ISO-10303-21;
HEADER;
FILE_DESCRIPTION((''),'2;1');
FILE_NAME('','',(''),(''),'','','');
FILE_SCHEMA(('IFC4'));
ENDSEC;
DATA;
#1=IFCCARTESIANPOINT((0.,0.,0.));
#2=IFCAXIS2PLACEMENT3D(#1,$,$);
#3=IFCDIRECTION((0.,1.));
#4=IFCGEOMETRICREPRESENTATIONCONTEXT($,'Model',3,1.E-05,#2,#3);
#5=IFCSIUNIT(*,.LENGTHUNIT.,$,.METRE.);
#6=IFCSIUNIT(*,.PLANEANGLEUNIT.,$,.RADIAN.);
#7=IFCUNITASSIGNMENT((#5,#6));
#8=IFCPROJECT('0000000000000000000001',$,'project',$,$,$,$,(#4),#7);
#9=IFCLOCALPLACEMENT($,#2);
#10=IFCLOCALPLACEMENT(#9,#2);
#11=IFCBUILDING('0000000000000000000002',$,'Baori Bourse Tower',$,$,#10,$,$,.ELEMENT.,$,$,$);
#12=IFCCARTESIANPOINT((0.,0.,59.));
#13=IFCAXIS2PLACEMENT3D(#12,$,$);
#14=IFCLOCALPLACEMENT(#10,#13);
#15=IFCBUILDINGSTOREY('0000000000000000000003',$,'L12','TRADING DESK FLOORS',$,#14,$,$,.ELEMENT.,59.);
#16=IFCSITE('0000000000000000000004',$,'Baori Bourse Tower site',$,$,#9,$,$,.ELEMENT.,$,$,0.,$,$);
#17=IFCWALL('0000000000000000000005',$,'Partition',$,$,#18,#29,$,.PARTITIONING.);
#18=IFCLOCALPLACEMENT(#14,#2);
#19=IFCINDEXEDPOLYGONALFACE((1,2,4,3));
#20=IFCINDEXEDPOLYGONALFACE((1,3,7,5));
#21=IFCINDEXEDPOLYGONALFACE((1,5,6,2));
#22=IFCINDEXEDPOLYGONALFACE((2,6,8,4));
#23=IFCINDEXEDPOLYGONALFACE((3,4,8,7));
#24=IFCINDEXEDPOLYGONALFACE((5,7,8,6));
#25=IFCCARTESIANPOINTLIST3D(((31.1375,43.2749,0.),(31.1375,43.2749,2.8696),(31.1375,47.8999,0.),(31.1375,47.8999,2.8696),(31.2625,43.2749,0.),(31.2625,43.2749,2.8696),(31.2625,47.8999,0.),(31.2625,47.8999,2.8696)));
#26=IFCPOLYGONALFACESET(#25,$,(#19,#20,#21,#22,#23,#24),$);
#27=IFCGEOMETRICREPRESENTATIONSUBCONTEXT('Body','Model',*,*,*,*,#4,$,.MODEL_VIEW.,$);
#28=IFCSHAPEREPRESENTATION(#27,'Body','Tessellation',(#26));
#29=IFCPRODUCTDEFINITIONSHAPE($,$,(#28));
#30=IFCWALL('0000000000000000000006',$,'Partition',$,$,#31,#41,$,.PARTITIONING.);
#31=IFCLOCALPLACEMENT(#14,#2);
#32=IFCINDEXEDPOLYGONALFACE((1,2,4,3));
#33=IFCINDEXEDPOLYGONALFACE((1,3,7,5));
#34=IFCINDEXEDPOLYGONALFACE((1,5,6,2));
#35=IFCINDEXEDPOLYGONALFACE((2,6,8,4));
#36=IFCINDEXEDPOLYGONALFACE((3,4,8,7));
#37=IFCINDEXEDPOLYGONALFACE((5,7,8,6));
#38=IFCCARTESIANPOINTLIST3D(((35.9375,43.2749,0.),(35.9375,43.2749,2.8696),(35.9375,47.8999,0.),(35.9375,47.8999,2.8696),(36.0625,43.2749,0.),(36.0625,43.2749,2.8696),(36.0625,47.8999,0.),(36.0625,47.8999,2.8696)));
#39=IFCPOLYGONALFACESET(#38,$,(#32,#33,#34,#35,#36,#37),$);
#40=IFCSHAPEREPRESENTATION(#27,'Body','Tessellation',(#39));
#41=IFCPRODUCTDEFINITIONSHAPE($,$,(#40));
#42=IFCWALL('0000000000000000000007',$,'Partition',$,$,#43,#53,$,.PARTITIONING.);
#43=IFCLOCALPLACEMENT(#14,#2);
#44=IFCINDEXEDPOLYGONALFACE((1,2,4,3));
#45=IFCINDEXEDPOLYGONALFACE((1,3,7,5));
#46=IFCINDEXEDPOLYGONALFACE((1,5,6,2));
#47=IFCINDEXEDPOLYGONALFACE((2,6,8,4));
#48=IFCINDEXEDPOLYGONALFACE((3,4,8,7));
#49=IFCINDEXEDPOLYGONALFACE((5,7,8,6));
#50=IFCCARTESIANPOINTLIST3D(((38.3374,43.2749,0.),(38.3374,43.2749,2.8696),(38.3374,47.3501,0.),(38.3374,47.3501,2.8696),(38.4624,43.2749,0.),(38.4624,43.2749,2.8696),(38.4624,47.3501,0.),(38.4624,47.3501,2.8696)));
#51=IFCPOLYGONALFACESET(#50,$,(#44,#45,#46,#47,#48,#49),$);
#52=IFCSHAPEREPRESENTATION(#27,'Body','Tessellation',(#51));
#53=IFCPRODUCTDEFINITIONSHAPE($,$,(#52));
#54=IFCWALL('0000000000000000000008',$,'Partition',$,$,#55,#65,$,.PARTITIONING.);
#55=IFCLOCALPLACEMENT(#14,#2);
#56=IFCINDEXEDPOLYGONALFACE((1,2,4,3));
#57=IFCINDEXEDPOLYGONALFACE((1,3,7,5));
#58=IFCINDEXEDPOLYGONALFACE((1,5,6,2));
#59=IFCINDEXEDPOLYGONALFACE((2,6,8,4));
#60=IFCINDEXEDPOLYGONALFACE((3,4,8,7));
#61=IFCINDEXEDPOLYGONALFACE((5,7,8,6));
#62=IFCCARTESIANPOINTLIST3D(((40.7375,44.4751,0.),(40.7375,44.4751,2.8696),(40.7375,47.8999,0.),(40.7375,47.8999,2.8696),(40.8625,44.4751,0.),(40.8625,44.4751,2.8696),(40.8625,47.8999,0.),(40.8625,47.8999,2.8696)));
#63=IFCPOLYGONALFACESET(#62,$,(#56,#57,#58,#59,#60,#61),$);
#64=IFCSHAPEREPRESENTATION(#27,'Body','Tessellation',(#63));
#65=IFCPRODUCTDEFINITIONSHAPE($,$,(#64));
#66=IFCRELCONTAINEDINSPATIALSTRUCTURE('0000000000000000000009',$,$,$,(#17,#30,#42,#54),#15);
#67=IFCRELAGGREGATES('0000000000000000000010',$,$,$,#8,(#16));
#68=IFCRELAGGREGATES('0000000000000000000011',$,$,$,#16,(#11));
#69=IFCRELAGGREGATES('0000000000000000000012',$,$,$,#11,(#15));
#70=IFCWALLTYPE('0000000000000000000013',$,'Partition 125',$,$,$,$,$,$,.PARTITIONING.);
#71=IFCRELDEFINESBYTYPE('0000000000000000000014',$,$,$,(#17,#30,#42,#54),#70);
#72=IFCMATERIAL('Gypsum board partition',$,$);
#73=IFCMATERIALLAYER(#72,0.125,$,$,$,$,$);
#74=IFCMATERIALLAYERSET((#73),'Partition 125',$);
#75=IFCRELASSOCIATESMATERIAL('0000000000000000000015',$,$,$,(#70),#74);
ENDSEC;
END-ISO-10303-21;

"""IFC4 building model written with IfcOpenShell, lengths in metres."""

from ifc_helpers import new_model, si_unit, direction, frame, frame_2d, origin, place, context, subcontext, project, spatial, rectangle, extrude, material, layer, layer_set, type_object, element, save


model = new_model("IFC4")

# Units and contexts
model_context = context("Model", 3, precision=1e-05, world=origin(), true_north=direction((0.0, 1.0)))
body_context = subcontext(model_context, "Body", "Model", "MODEL_VIEW")
ifc_project = project(units=[si_unit("LENGTHUNIT", "METRE"), si_unit("PLANEANGLEUNIT", "RADIAN")], contexts=[model_context])

# Site, building, storey
site_placement = place(None, origin())
site = spatial("IfcSite", under=ifc_project, at=site_placement, Name="Baori Bourse Tower site", CompositionType="ELEMENT", RefElevation=0.0)
building_placement = place(site_placement, origin())
building = spatial("IfcBuilding", under=site, at=building_placement, Name="Baori Bourse Tower", CompositionType="ELEMENT")
storey_placement = place(building_placement, frame((0.0, 0.0, 59.0)))
storey = spatial("IfcBuildingStorey", under=building, at=storey_placement, Name="L12", Description="TRADING DESK FLOORS", CompositionType="ELEMENT", Elevation=59.0)

# Walls
ifc_material_1 = material(Name="Gypsum board partition")
ifc_layer_1 = layer(ifc_material_1, 0.125)
ifc_layer_set_1 = layer_set([ifc_layer_1], Name="Partition 125")
wall_type_1 = type_object("IfcWallType", Name="Partition 125", PredefinedType="PARTITIONING", material=ifc_layer_set_1)
for number, where, z_axis, x_axis, name in (
    (1, (31.2, 43.2749, 0.0), (0.0, 0.0, 1.0), (0.0, 1.0, 0.0), "Partition"),
    (2, (36.0, 43.2749, 0.0), (0.0, 0.0, 1.0), (0.0, 1.0, 0.0), "Partition"),
):
    element("IfcWall", number, at=place(storey_placement, frame(where, z_axis=z_axis, x_axis=x_axis)), inside=storey, type_object=wall_type_1, Name=name, PredefinedType="PARTITIONING", context=body_context, shape_type="SweptSolid", body=[
        extrude(rectangle(XDim=4.625, YDim=0.125, at=frame_2d((2.3125, 0.0))), origin(), (0.0, 0.0, 1.0), 2.8696),
    ])
wall_1_placement = place(storey_placement, frame((38.3999, 43.2749, 0.0), z_axis=(0.0, 0.0, 1.0), x_axis=(0.0, 1.0, 0.0)))
element("IfcWall", 3, at=wall_1_placement, inside=storey, type_object=wall_type_1, Name="Partition", PredefinedType="PARTITIONING", context=body_context, shape_type="SweptSolid", body=[
    extrude(rectangle(XDim=4.0752, YDim=0.125, at=frame_2d((2.0376, 0.0))), origin(), (0.0, 0.0, 1.0), 2.8696),
])
wall_2_placement = place(storey_placement, frame((40.8, 44.4751, 0.0), z_axis=(0.0, 0.0, 1.0), x_axis=(0.0, 1.0, 0.0)))
element("IfcWall", 4, at=wall_2_placement, inside=storey, type_object=wall_type_1, Name="Partition", PredefinedType="PARTITIONING", context=body_context, shape_type="SweptSolid", body=[
    extrude(rectangle(XDim=3.4248, YDim=0.125, at=frame_2d((1.7124, 0.0))), origin(), (0.0, 0.0, 1.0), 2.8696),
])

save(model, "model.ifc")
